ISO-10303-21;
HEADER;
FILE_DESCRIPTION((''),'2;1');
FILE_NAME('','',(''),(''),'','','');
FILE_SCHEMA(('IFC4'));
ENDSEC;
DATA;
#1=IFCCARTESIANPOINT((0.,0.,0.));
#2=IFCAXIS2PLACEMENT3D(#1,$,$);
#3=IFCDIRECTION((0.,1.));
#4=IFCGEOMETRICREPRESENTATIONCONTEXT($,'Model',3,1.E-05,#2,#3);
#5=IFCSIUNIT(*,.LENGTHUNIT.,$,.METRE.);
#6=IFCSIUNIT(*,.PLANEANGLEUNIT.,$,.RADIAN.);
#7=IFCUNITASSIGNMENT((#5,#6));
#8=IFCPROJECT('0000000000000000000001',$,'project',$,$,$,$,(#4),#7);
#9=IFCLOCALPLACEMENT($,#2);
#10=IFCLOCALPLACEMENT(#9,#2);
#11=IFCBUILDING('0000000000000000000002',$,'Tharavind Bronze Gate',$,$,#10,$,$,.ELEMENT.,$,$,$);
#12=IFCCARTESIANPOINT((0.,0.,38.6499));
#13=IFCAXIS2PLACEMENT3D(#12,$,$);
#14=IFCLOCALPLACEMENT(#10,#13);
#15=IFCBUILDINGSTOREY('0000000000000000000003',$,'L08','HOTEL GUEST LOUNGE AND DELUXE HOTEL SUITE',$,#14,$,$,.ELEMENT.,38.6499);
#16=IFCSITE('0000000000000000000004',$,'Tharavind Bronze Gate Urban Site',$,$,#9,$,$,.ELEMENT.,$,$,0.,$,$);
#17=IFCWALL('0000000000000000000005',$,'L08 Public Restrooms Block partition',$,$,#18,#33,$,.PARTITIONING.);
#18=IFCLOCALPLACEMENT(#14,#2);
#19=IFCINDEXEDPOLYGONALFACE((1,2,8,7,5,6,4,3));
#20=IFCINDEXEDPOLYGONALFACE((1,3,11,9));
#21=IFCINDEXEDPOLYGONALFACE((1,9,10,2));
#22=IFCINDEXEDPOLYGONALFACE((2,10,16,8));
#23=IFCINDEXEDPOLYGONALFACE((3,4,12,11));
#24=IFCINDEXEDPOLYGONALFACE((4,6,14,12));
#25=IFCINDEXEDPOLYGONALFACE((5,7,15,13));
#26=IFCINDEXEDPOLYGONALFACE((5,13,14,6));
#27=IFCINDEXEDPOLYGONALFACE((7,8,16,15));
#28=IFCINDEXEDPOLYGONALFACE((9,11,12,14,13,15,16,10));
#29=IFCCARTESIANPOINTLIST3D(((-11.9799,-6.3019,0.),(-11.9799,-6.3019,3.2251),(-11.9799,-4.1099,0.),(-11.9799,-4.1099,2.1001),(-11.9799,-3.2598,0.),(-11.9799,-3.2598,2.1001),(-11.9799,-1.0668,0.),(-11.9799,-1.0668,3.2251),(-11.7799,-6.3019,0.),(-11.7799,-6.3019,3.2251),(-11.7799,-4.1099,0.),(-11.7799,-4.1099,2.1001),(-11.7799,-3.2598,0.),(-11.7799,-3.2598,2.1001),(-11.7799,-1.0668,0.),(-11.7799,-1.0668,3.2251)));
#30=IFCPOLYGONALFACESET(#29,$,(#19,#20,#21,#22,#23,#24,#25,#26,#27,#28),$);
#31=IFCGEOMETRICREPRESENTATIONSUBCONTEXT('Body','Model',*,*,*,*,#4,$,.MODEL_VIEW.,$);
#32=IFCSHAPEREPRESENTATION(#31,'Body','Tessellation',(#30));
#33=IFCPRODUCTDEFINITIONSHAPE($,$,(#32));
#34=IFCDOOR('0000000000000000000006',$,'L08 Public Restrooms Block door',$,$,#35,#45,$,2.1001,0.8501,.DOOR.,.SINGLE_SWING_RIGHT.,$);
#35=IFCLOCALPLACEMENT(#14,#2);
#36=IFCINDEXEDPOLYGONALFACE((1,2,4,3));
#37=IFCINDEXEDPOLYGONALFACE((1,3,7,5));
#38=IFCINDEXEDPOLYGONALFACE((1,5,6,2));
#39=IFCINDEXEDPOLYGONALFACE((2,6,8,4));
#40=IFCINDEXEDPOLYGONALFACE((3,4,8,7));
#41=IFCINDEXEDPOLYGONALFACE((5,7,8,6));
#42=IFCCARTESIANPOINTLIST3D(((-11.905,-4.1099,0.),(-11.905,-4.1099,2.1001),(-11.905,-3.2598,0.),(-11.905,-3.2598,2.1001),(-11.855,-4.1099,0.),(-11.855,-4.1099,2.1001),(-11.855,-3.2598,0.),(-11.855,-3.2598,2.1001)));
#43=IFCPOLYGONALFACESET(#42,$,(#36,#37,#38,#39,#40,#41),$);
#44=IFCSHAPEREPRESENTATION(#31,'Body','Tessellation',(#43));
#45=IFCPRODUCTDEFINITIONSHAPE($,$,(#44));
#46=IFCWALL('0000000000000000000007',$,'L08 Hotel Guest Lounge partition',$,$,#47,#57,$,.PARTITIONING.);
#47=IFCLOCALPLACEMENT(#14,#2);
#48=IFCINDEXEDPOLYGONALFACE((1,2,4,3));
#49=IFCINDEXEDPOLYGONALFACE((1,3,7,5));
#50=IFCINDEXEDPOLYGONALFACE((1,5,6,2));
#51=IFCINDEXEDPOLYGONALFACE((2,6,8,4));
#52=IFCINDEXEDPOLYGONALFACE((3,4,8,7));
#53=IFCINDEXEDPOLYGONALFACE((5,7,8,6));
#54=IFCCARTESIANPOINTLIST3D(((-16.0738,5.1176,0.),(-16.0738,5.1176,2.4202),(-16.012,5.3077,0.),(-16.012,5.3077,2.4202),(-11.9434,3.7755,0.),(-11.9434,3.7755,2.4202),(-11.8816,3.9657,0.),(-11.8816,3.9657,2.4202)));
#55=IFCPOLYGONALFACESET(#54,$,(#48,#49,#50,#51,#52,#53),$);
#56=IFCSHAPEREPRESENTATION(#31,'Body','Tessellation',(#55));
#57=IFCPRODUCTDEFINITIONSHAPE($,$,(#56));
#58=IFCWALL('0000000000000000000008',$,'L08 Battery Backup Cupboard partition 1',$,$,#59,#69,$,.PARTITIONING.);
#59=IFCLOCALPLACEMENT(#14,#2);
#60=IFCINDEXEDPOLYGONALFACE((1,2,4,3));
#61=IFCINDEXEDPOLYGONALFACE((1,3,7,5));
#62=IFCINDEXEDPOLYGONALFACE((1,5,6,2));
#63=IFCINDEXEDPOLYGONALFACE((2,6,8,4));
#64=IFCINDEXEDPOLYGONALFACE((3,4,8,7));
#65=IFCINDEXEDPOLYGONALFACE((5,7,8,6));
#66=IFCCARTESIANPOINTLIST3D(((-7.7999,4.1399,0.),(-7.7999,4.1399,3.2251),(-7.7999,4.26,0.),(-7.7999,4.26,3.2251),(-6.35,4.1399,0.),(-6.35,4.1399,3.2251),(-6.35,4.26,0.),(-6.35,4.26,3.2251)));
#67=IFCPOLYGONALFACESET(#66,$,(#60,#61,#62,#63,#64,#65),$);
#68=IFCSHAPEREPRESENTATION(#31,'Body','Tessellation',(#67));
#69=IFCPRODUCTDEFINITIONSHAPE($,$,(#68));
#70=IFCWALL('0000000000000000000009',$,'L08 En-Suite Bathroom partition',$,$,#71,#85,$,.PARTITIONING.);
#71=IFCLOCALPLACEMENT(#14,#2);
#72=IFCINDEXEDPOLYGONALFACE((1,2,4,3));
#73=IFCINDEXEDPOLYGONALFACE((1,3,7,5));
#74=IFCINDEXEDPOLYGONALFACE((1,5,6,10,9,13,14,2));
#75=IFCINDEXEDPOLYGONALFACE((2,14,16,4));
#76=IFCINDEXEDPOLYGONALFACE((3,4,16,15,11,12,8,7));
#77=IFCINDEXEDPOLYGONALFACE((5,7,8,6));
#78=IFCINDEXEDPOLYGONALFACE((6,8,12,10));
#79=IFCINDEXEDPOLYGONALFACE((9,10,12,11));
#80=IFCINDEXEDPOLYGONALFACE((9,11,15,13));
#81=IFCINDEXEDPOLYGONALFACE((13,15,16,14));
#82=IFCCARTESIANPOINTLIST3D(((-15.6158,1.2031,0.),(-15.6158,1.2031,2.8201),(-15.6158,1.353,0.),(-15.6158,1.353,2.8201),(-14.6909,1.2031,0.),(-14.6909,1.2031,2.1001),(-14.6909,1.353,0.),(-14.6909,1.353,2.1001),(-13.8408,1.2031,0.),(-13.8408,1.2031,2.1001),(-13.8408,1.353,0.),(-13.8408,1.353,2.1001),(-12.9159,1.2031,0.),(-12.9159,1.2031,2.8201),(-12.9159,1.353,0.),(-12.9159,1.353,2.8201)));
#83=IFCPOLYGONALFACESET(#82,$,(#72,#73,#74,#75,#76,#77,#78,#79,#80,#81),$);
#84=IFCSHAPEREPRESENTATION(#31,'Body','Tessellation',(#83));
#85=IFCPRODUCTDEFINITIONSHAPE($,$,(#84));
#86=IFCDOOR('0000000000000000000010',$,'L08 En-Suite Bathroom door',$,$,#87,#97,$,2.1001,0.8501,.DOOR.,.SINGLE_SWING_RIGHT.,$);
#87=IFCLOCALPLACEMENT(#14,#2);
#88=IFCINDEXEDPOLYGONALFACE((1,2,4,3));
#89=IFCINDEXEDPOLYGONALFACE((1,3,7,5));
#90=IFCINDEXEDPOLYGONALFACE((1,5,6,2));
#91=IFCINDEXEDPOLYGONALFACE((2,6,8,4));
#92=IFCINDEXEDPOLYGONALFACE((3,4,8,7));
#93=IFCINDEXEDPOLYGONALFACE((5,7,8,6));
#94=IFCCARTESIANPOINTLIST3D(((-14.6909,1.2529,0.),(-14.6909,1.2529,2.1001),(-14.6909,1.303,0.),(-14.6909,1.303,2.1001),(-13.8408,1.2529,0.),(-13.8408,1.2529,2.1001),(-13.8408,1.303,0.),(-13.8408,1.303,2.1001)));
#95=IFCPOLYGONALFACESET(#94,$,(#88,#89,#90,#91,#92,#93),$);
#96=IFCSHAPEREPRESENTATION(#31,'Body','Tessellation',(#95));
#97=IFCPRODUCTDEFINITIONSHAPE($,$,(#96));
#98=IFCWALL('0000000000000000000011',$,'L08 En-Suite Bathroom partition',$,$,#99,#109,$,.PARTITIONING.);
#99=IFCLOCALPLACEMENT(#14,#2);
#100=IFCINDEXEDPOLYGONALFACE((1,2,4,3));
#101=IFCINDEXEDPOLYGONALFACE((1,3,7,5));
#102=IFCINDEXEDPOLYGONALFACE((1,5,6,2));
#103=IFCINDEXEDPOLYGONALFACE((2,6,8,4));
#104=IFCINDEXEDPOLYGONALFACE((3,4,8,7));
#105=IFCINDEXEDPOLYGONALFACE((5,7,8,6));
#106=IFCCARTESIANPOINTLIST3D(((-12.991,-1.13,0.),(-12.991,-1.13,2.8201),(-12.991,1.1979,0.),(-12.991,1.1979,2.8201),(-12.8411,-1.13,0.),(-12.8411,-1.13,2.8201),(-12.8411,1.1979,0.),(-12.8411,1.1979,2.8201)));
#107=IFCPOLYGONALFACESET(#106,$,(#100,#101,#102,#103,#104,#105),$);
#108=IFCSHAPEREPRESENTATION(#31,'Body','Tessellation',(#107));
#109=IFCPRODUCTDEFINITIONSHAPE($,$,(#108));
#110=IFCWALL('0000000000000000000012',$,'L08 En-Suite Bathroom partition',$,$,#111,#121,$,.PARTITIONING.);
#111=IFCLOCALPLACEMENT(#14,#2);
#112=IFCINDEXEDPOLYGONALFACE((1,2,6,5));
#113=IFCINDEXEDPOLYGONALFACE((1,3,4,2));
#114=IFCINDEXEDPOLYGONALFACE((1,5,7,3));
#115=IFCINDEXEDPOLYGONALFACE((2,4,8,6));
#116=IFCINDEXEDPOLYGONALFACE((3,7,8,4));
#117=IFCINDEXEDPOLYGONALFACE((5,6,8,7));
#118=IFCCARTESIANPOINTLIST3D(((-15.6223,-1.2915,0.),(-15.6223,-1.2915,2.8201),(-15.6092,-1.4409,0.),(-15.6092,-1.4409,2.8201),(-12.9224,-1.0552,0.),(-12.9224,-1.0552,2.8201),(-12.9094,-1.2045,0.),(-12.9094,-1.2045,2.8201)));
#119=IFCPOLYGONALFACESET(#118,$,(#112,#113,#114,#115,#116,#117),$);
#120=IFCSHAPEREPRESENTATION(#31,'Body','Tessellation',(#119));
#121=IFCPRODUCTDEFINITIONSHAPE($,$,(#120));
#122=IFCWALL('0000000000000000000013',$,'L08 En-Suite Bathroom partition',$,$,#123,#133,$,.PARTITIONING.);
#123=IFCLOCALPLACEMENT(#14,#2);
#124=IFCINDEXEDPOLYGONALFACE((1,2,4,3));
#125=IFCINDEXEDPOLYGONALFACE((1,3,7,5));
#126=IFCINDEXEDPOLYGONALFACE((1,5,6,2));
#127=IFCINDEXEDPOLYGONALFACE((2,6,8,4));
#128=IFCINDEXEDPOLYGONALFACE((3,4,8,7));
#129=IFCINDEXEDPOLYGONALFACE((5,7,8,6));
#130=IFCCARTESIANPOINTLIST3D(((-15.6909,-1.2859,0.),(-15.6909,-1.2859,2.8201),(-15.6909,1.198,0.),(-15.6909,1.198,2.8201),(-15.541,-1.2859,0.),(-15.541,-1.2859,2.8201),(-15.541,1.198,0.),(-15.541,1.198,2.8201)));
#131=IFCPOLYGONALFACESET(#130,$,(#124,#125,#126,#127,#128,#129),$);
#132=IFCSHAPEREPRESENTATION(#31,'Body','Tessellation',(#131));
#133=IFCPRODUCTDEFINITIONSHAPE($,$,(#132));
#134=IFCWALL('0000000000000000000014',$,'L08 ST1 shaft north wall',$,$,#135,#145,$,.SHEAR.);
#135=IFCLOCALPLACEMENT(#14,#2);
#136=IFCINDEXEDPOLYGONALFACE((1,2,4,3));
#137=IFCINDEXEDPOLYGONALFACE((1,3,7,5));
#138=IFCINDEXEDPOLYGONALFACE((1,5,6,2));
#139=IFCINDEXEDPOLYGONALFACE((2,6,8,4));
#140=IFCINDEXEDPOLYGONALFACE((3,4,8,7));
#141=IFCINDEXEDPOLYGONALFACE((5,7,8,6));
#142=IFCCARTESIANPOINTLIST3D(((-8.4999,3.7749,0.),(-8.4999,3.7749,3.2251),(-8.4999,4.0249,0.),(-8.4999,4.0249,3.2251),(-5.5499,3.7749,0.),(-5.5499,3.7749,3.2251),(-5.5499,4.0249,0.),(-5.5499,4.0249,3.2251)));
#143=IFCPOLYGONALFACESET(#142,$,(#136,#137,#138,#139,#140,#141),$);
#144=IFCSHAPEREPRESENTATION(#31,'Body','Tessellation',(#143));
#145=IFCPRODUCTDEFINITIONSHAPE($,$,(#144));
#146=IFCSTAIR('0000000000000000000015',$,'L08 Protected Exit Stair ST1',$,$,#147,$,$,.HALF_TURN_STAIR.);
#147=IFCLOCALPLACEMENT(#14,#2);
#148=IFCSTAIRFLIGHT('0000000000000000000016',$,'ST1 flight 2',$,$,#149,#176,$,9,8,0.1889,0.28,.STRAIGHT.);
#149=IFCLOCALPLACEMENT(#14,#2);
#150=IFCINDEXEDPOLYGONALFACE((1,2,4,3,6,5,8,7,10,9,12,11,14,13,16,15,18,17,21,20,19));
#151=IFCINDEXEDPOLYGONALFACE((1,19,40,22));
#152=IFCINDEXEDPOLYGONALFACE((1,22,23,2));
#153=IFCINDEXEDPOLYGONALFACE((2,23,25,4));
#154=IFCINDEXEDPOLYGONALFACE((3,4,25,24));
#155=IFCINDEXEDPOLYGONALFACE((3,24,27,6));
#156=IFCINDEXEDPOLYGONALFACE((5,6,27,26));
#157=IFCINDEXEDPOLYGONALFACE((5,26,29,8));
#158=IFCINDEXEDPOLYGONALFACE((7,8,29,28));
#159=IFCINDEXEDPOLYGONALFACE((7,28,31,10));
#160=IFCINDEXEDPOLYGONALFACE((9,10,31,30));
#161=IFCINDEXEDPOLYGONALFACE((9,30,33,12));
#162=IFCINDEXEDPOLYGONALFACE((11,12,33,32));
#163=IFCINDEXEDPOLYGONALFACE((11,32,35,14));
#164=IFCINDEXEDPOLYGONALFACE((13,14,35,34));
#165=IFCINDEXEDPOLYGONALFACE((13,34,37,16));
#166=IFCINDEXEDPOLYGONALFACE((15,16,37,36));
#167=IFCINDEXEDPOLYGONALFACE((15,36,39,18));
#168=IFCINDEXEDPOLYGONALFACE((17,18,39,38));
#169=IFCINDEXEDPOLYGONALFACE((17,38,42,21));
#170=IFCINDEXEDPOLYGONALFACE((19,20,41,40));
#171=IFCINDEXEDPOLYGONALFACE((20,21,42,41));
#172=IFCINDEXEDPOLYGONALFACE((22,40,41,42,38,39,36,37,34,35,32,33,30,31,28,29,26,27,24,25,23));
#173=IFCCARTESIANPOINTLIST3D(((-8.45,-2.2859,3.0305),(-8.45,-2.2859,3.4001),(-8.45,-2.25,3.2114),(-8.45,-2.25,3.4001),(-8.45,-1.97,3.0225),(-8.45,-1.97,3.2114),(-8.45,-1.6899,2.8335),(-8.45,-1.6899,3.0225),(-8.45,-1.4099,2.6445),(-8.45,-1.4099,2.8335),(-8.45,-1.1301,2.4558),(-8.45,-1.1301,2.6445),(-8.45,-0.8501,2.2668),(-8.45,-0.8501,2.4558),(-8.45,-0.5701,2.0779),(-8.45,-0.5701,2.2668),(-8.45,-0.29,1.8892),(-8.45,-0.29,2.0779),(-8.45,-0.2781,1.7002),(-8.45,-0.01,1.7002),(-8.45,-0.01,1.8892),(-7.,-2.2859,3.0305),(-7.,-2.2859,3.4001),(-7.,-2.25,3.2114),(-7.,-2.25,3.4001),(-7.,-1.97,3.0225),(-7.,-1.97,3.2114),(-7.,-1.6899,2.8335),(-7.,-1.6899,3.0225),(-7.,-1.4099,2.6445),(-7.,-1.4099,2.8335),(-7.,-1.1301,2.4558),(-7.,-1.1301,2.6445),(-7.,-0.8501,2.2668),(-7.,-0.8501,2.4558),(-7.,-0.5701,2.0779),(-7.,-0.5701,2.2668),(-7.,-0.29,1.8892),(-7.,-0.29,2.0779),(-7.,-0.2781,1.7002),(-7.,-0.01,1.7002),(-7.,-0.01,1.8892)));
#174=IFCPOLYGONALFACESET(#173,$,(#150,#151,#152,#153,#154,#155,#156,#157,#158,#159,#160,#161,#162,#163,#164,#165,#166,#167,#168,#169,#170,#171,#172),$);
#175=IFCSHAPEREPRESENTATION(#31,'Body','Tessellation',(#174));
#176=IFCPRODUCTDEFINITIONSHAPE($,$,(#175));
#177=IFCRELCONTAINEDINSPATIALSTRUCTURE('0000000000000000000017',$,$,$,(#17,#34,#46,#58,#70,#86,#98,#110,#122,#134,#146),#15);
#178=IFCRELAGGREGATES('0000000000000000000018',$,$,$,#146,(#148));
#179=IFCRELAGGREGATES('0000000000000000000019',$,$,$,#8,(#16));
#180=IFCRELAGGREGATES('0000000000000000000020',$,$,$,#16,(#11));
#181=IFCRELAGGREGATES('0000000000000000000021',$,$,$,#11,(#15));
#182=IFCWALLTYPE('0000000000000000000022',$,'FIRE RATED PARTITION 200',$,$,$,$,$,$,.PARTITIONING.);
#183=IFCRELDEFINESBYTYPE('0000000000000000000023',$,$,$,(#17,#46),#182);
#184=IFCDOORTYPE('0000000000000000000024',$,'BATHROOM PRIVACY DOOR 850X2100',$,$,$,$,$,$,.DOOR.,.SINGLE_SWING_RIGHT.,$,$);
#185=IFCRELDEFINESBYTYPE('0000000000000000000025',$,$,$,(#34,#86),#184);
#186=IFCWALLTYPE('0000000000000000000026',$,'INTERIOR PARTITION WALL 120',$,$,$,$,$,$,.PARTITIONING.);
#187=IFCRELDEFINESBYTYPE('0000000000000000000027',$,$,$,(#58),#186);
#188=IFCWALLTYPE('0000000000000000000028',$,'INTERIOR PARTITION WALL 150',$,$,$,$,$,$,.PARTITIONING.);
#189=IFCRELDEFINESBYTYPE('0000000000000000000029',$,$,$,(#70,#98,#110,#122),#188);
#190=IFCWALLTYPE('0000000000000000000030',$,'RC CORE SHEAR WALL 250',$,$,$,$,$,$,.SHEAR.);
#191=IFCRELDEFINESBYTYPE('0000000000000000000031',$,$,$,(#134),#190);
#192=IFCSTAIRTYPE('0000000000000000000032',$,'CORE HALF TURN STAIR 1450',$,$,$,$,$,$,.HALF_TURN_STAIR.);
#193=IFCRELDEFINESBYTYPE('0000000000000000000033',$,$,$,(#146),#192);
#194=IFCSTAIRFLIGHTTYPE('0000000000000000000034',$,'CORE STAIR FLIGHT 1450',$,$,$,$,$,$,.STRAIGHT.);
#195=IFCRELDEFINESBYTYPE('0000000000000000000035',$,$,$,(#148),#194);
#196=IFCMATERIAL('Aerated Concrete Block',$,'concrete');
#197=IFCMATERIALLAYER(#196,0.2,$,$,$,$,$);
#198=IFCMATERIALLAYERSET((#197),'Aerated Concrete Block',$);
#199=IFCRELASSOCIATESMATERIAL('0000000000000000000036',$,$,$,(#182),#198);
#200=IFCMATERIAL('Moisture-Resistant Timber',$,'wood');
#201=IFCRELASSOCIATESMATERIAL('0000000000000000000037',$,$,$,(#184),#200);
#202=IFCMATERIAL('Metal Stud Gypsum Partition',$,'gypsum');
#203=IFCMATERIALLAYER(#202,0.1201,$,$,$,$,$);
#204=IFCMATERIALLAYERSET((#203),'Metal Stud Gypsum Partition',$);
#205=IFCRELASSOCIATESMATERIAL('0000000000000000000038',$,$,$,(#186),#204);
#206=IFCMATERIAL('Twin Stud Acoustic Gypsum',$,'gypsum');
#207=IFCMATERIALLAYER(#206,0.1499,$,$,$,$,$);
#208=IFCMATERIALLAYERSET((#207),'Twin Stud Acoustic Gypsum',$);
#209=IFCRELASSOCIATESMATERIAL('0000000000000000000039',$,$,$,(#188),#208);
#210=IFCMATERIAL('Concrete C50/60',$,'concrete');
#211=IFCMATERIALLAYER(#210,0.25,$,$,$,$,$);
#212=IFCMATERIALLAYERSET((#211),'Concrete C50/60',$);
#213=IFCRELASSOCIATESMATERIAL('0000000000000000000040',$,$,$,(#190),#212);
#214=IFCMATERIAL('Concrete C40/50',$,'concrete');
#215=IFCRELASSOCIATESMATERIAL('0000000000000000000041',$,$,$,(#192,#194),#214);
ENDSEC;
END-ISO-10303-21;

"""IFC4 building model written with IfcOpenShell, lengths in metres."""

from ifc_helpers import new_model, si_unit, direction, frame, frame_2d, origin, place, context, subcontext, project, spatial, polyline, rectangle, outline, extrude, material, layer, layer_set, type_object, element, fill, aggregate, save


model = new_model("IFC4")

# Units and contexts
model_context = context("Model", 3, precision=1e-05, world=origin(), true_north=direction((0.0, 1.0)))
body_context = subcontext(model_context, "Body", "Model", "MODEL_VIEW")
ifc_project = project(units=[si_unit("LENGTHUNIT", "METRE"), si_unit("PLANEANGLEUNIT", "RADIAN")], contexts=[model_context])

# Site, building, storey
site_placement = place(None, origin())
site = spatial("IfcSite", under=ifc_project, at=site_placement, Name="Tharavind Bronze Gate Urban Site", CompositionType="ELEMENT", RefElevation=0.0)
building_placement = place(site_placement, origin())
building = spatial("IfcBuilding", under=site, at=building_placement, Name="Tharavind Bronze Gate", CompositionType="ELEMENT")
storey_placement = place(building_placement, frame((0.0, 0.0, 38.6499)))
storey = spatial("IfcBuildingStorey", under=building, at=storey_placement, Name="L08", Description="HOTEL GUEST LOUNGE AND DELUXE HOTEL SUITE", CompositionType="ELEMENT", Elevation=38.6499)

# Shared definitions
ifc_material_1 = material(Name="Aerated Concrete Block", Category="concrete")
ifc_layer_1 = layer(ifc_material_1, 0.2)
ifc_layer_set_1 = layer_set([ifc_layer_1], Name="Aerated Concrete Block")
wall_type_1 = type_object("IfcWallType", Name="FIRE RATED PARTITION 200", PredefinedType="PARTITIONING", material=ifc_layer_set_1)

# Wall, opening, door
wall_1_placement = place(storey_placement, frame((-11.8799, -1.0667, 0.0), z_axis=(0.0, 0.0, 1.0), x_axis=(0.0, -1.0, 0.0)))
wall_1 = element("IfcWall", 1, at=wall_1_placement, inside=storey, type_object=wall_type_1, Name="L08 Public Restrooms Block partition", PredefinedType="PARTITIONING", context=body_context, shape_type="SweptSolid", body=[
    extrude(rectangle(XDim=5.2351, YDim=0.2, at=frame_2d((2.6177, 0.0))), origin(), (0.0, 0.0, 1.0), 3.2251),
])
opening_1_placement = place(wall_1_placement, frame((2.1931, 0.0, 0.0)))
opening_1 = element("IfcOpeningElement", 2, at=opening_1_placement, cuts=wall_1, PredefinedType="OPENING", context=body_context, shape_type="SweptSolid", body=[
    extrude(rectangle(XDim=0.8501, YDim=2.1001, at=frame_2d((0.425, 1.05))), frame((0.0, 0.1101, 0.0), z_axis=(0.0, -1.0, 0.0), x_axis=(1.0, 0.0, 0.0)), (0.0, 0.0, 1.0), 0.22),
])
ifc_material_2 = material(Name="Moisture-Resistant Timber", Category="wood")
door_type_1 = type_object("IfcDoorType", Name="BATHROOM PRIVACY DOOR 850X2100", OperationType="SINGLE_SWING_RIGHT", PredefinedType="DOOR", material=ifc_material_2)
door_1_placement = place(opening_1_placement, origin())
door_1 = element("IfcDoor", 3, at=door_1_placement, inside=storey, type_object=door_type_1, Name="L08 Public Restrooms Block door", OperationType="SINGLE_SWING_RIGHT", OverallHeight=2.1001, OverallWidth=0.8501, PredefinedType="DOOR", context=body_context, shape_type="SweptSolid", body=[
    extrude(rectangle(XDim=0.8501, YDim=2.1001, at=frame_2d((0.425, 1.05))), frame((0.0, 0.0249, 0.0), z_axis=(0.0, -1.0, 0.0), x_axis=(1.0, 0.0, 0.0)), (0.0, 0.0, 1.0), 0.05),
])
fill(opening_1, door_1)

# Wall
wall_2_placement = place(storey_placement, frame((-11.9126, 3.8706, 0.0), z_axis=(0.0, 0.0, 1.0), x_axis=(-0.951056, 0.309017, 0.0)))
element("IfcWall", 4, at=wall_2_placement, inside=storey, type_object=wall_type_1, Name="L08 Hotel Guest Lounge partition", PredefinedType="PARTITIONING", context=body_context, shape_type="SweptSolid", body=[
    extrude(rectangle(XDim=4.343, YDim=0.2, at=frame_2d((2.1714, 0.0))), origin(), (0.0, 0.0, 1.0), 2.4202),
])

# Wall
ifc_material_3 = material(Name="Metal Stud Gypsum Partition", Category="gypsum")
ifc_layer_2 = layer(ifc_material_3, 0.1201)
ifc_layer_set_2 = layer_set([ifc_layer_2], Name="Metal Stud Gypsum Partition")
wall_type_2 = type_object("IfcWallType", Name="INTERIOR PARTITION WALL 120", PredefinedType="PARTITIONING", material=ifc_layer_set_2)
wall_3_placement = place(storey_placement, frame((-7.8, 4.2, 0.0), z_axis=(0.0, 0.0, 1.0), x_axis=(1.0, 0.0, 0.0)))
element("IfcWall", 5, at=wall_3_placement, inside=storey, type_object=wall_type_2, Name="L08 Battery Backup Cupboard partition 1", PredefinedType="PARTITIONING", context=body_context, shape_type="SweptSolid", body=[
    extrude(rectangle(XDim=1.45, YDim=0.1201, at=frame_2d((0.7251, 0.0))), origin(), (0.0, 0.0, 1.0), 3.2251),
])

# Wall, opening, door
ifc_material_4 = material(Name="Twin Stud Acoustic Gypsum", Category="gypsum")
ifc_layer_3 = layer(ifc_material_4, 0.1499)
ifc_layer_set_3 = layer_set([ifc_layer_3], Name="Twin Stud Acoustic Gypsum")
wall_type_3 = type_object("IfcWallType", Name="INTERIOR PARTITION WALL 150", PredefinedType="PARTITIONING", material=ifc_layer_set_3)
wall_4_placement = place(storey_placement, frame((-15.616, 1.2781, 0.0), z_axis=(0.0, 0.0, 1.0), x_axis=(1.0, 0.0, 0.0)))
wall_4 = element("IfcWall", 6, at=wall_4_placement, inside=storey, type_object=wall_type_3, Name="L08 En-Suite Bathroom partition", PredefinedType="PARTITIONING", context=body_context, shape_type="SweptSolid", body=[
    extrude(rectangle(XDim=2.7, YDim=0.1499, at=frame_2d((1.3501, 0.0))), origin(), (0.0, 0.0, 1.0), 2.8201),
])
opening_2_placement = place(wall_4_placement, frame((0.925, 0.0, 0.0)))
opening_2 = element("IfcOpeningElement", 7, at=opening_2_placement, cuts=wall_4, PredefinedType="OPENING", context=body_context, shape_type="SweptSolid", body=[
    extrude(rectangle(XDim=0.8501, YDim=2.1001, at=frame_2d((0.425, 1.05))), frame((0.0, 0.085, 0.0), z_axis=(0.0, -1.0, 0.0), x_axis=(1.0, 0.0, 0.0)), (0.0, 0.0, 1.0), 0.1699),
])
door_2_placement = place(opening_2_placement, origin())
door_2 = element("IfcDoor", 8, at=door_2_placement, inside=storey, type_object=door_type_1, Name="L08 En-Suite Bathroom door", OperationType="SINGLE_SWING_RIGHT", OverallHeight=2.1001, OverallWidth=0.8501, PredefinedType="DOOR", context=body_context, shape_type="SweptSolid", body=[
    extrude(rectangle(XDim=0.8501, YDim=2.1001, at=frame_2d((0.425, 1.05))), frame((0.0, 0.0249, 0.0), z_axis=(0.0, -1.0, 0.0), x_axis=(1.0, 0.0, 0.0)), (0.0, 0.0, 1.0), 0.05),
])
fill(opening_2, door_2)

# Walls
wall_5_placement = place(storey_placement, frame((-12.916, 1.198, 0.0), z_axis=(0.0, 0.0, 1.0), x_axis=(0.0, -1.0, 0.0)))
element("IfcWall", 9, at=wall_5_placement, inside=storey, type_object=wall_type_3, Name="L08 En-Suite Bathroom partition", PredefinedType="PARTITIONING", context=body_context, shape_type="SweptSolid", body=[
    extrude(rectangle(XDim=2.3279, YDim=0.1499, at=frame_2d((1.1641, 0.0))), origin(), (0.0, 0.0, 1.0), 2.8201),
])
wall_6_placement = place(storey_placement, frame((-12.916, -1.1299, 0.0), z_axis=(0.0, 0.0, 1.0), x_axis=(-0.996191, -0.087197, 0.0)))
element("IfcWall", 10, at=wall_6_placement, inside=storey, type_object=wall_type_3, Name="L08 En-Suite Bathroom partition", PredefinedType="PARTITIONING", context=body_context, shape_type="SweptSolid", body=[
    extrude(rectangle(XDim=2.7102, YDim=0.1499, at=frame_2d((1.355, 0.0))), origin(), (0.0, 0.0, 1.0), 2.8201),
])
wall_7_placement = place(storey_placement, frame((-15.616, -1.2859, 0.0), z_axis=(0.0, 0.0, 1.0), x_axis=(0.0, 1.0, 0.0)))
element("IfcWall", 11, at=wall_7_placement, inside=storey, type_object=wall_type_3, Name="L08 En-Suite Bathroom partition", PredefinedType="PARTITIONING", context=body_context, shape_type="SweptSolid", body=[
    extrude(rectangle(XDim=2.4839, YDim=0.1499, at=frame_2d((1.2419, 0.0))), origin(), (0.0, 0.0, 1.0), 2.8201),
])
ifc_material_5 = material(Name="Concrete C50/60", Category="concrete")
ifc_layer_4 = layer(ifc_material_5, 0.25)
ifc_layer_set_4 = layer_set([ifc_layer_4], Name="Concrete C50/60")
wall_type_4 = type_object("IfcWallType", Name="RC CORE SHEAR WALL 250", PredefinedType="SHEAR", material=ifc_layer_set_4)
wall_8_placement = place(storey_placement, frame((-8.5, 3.8999, 0.0), z_axis=(0.0, 0.0, 1.0), x_axis=(1.0, 0.0, 0.0)))
element("IfcWall", 12, at=wall_8_placement, inside=storey, type_object=wall_type_4, Name="L08 ST1 shaft north wall", PredefinedType="SHEAR", context=body_context, shape_type="SweptSolid", body=[
    extrude(rectangle(XDim=2.95, YDim=0.25, at=frame_2d((1.4751, 0.0))), origin(), (0.0, 0.0, 1.0), 3.2251),
])

# Stair, stair flight
ifc_material_6 = material(Name="Concrete C40/50", Category="concrete")
stair_type = type_object("IfcStairType", Name="CORE HALF TURN STAIR 1450", PredefinedType="HALF_TURN_STAIR", material=ifc_material_6)
stair_placement = place(storey_placement, origin())
stair = element("IfcStair", 13, at=stair_placement, inside=storey, type_object=stair_type, Name="L08 Protected Exit Stair ST1", PredefinedType="HALF_TURN_STAIR")
stair_flight_type = type_object("IfcStairFlightType", Name="CORE STAIR FLIGHT 1450", PredefinedType="STRAIGHT", material=ifc_material_6)
stair_flight_placement = place(storey_placement, frame((-7.7251, -0.01, 1.7002), z_axis=(0.0, 0.0, 1.0), x_axis=(0.0, -1.0, 0.0)))
stair_flight = element("IfcStairFlight", 14, at=stair_flight_placement, type_object=stair_flight_type, Name="ST1 flight 2", NumberOfRisers=9, NumberOfTreads=8, PredefinedType="STRAIGHT", RiserHeight=0.1889, TreadLength=0.28, context=body_context, shape_type="SweptSolid", body=[
    extrude(outline(polyline([(0.0, 0.0), (0.0, 0.189), (0.28, 0.189), (0.28, 0.3777), (0.5601, 0.3777), (0.5601, 0.5667), (0.8401, 0.5667), (0.8401, 0.7556), (1.1201, 0.7556), (1.1201, 0.9443), (1.3999, 0.9443), (1.3999, 1.1333), (1.6799, 1.1333), (1.6799, 1.3223), (1.96, 1.3223), (1.96, 1.5112), (2.24, 1.5112), (2.24, 1.7), (2.2759, 1.7), (2.2759, 1.3303), (0.2681, 0.0), (0.0, 0.0)])), frame((0.0, 0.7251, 0.0), z_axis=(0.0, -1.0, 0.0), x_axis=(1.0, 0.0, 0.0)), (0.0, 0.0, 1.0), 1.45),
])
aggregate(stair, [stair_flight])

save(model, "model.ifc")
